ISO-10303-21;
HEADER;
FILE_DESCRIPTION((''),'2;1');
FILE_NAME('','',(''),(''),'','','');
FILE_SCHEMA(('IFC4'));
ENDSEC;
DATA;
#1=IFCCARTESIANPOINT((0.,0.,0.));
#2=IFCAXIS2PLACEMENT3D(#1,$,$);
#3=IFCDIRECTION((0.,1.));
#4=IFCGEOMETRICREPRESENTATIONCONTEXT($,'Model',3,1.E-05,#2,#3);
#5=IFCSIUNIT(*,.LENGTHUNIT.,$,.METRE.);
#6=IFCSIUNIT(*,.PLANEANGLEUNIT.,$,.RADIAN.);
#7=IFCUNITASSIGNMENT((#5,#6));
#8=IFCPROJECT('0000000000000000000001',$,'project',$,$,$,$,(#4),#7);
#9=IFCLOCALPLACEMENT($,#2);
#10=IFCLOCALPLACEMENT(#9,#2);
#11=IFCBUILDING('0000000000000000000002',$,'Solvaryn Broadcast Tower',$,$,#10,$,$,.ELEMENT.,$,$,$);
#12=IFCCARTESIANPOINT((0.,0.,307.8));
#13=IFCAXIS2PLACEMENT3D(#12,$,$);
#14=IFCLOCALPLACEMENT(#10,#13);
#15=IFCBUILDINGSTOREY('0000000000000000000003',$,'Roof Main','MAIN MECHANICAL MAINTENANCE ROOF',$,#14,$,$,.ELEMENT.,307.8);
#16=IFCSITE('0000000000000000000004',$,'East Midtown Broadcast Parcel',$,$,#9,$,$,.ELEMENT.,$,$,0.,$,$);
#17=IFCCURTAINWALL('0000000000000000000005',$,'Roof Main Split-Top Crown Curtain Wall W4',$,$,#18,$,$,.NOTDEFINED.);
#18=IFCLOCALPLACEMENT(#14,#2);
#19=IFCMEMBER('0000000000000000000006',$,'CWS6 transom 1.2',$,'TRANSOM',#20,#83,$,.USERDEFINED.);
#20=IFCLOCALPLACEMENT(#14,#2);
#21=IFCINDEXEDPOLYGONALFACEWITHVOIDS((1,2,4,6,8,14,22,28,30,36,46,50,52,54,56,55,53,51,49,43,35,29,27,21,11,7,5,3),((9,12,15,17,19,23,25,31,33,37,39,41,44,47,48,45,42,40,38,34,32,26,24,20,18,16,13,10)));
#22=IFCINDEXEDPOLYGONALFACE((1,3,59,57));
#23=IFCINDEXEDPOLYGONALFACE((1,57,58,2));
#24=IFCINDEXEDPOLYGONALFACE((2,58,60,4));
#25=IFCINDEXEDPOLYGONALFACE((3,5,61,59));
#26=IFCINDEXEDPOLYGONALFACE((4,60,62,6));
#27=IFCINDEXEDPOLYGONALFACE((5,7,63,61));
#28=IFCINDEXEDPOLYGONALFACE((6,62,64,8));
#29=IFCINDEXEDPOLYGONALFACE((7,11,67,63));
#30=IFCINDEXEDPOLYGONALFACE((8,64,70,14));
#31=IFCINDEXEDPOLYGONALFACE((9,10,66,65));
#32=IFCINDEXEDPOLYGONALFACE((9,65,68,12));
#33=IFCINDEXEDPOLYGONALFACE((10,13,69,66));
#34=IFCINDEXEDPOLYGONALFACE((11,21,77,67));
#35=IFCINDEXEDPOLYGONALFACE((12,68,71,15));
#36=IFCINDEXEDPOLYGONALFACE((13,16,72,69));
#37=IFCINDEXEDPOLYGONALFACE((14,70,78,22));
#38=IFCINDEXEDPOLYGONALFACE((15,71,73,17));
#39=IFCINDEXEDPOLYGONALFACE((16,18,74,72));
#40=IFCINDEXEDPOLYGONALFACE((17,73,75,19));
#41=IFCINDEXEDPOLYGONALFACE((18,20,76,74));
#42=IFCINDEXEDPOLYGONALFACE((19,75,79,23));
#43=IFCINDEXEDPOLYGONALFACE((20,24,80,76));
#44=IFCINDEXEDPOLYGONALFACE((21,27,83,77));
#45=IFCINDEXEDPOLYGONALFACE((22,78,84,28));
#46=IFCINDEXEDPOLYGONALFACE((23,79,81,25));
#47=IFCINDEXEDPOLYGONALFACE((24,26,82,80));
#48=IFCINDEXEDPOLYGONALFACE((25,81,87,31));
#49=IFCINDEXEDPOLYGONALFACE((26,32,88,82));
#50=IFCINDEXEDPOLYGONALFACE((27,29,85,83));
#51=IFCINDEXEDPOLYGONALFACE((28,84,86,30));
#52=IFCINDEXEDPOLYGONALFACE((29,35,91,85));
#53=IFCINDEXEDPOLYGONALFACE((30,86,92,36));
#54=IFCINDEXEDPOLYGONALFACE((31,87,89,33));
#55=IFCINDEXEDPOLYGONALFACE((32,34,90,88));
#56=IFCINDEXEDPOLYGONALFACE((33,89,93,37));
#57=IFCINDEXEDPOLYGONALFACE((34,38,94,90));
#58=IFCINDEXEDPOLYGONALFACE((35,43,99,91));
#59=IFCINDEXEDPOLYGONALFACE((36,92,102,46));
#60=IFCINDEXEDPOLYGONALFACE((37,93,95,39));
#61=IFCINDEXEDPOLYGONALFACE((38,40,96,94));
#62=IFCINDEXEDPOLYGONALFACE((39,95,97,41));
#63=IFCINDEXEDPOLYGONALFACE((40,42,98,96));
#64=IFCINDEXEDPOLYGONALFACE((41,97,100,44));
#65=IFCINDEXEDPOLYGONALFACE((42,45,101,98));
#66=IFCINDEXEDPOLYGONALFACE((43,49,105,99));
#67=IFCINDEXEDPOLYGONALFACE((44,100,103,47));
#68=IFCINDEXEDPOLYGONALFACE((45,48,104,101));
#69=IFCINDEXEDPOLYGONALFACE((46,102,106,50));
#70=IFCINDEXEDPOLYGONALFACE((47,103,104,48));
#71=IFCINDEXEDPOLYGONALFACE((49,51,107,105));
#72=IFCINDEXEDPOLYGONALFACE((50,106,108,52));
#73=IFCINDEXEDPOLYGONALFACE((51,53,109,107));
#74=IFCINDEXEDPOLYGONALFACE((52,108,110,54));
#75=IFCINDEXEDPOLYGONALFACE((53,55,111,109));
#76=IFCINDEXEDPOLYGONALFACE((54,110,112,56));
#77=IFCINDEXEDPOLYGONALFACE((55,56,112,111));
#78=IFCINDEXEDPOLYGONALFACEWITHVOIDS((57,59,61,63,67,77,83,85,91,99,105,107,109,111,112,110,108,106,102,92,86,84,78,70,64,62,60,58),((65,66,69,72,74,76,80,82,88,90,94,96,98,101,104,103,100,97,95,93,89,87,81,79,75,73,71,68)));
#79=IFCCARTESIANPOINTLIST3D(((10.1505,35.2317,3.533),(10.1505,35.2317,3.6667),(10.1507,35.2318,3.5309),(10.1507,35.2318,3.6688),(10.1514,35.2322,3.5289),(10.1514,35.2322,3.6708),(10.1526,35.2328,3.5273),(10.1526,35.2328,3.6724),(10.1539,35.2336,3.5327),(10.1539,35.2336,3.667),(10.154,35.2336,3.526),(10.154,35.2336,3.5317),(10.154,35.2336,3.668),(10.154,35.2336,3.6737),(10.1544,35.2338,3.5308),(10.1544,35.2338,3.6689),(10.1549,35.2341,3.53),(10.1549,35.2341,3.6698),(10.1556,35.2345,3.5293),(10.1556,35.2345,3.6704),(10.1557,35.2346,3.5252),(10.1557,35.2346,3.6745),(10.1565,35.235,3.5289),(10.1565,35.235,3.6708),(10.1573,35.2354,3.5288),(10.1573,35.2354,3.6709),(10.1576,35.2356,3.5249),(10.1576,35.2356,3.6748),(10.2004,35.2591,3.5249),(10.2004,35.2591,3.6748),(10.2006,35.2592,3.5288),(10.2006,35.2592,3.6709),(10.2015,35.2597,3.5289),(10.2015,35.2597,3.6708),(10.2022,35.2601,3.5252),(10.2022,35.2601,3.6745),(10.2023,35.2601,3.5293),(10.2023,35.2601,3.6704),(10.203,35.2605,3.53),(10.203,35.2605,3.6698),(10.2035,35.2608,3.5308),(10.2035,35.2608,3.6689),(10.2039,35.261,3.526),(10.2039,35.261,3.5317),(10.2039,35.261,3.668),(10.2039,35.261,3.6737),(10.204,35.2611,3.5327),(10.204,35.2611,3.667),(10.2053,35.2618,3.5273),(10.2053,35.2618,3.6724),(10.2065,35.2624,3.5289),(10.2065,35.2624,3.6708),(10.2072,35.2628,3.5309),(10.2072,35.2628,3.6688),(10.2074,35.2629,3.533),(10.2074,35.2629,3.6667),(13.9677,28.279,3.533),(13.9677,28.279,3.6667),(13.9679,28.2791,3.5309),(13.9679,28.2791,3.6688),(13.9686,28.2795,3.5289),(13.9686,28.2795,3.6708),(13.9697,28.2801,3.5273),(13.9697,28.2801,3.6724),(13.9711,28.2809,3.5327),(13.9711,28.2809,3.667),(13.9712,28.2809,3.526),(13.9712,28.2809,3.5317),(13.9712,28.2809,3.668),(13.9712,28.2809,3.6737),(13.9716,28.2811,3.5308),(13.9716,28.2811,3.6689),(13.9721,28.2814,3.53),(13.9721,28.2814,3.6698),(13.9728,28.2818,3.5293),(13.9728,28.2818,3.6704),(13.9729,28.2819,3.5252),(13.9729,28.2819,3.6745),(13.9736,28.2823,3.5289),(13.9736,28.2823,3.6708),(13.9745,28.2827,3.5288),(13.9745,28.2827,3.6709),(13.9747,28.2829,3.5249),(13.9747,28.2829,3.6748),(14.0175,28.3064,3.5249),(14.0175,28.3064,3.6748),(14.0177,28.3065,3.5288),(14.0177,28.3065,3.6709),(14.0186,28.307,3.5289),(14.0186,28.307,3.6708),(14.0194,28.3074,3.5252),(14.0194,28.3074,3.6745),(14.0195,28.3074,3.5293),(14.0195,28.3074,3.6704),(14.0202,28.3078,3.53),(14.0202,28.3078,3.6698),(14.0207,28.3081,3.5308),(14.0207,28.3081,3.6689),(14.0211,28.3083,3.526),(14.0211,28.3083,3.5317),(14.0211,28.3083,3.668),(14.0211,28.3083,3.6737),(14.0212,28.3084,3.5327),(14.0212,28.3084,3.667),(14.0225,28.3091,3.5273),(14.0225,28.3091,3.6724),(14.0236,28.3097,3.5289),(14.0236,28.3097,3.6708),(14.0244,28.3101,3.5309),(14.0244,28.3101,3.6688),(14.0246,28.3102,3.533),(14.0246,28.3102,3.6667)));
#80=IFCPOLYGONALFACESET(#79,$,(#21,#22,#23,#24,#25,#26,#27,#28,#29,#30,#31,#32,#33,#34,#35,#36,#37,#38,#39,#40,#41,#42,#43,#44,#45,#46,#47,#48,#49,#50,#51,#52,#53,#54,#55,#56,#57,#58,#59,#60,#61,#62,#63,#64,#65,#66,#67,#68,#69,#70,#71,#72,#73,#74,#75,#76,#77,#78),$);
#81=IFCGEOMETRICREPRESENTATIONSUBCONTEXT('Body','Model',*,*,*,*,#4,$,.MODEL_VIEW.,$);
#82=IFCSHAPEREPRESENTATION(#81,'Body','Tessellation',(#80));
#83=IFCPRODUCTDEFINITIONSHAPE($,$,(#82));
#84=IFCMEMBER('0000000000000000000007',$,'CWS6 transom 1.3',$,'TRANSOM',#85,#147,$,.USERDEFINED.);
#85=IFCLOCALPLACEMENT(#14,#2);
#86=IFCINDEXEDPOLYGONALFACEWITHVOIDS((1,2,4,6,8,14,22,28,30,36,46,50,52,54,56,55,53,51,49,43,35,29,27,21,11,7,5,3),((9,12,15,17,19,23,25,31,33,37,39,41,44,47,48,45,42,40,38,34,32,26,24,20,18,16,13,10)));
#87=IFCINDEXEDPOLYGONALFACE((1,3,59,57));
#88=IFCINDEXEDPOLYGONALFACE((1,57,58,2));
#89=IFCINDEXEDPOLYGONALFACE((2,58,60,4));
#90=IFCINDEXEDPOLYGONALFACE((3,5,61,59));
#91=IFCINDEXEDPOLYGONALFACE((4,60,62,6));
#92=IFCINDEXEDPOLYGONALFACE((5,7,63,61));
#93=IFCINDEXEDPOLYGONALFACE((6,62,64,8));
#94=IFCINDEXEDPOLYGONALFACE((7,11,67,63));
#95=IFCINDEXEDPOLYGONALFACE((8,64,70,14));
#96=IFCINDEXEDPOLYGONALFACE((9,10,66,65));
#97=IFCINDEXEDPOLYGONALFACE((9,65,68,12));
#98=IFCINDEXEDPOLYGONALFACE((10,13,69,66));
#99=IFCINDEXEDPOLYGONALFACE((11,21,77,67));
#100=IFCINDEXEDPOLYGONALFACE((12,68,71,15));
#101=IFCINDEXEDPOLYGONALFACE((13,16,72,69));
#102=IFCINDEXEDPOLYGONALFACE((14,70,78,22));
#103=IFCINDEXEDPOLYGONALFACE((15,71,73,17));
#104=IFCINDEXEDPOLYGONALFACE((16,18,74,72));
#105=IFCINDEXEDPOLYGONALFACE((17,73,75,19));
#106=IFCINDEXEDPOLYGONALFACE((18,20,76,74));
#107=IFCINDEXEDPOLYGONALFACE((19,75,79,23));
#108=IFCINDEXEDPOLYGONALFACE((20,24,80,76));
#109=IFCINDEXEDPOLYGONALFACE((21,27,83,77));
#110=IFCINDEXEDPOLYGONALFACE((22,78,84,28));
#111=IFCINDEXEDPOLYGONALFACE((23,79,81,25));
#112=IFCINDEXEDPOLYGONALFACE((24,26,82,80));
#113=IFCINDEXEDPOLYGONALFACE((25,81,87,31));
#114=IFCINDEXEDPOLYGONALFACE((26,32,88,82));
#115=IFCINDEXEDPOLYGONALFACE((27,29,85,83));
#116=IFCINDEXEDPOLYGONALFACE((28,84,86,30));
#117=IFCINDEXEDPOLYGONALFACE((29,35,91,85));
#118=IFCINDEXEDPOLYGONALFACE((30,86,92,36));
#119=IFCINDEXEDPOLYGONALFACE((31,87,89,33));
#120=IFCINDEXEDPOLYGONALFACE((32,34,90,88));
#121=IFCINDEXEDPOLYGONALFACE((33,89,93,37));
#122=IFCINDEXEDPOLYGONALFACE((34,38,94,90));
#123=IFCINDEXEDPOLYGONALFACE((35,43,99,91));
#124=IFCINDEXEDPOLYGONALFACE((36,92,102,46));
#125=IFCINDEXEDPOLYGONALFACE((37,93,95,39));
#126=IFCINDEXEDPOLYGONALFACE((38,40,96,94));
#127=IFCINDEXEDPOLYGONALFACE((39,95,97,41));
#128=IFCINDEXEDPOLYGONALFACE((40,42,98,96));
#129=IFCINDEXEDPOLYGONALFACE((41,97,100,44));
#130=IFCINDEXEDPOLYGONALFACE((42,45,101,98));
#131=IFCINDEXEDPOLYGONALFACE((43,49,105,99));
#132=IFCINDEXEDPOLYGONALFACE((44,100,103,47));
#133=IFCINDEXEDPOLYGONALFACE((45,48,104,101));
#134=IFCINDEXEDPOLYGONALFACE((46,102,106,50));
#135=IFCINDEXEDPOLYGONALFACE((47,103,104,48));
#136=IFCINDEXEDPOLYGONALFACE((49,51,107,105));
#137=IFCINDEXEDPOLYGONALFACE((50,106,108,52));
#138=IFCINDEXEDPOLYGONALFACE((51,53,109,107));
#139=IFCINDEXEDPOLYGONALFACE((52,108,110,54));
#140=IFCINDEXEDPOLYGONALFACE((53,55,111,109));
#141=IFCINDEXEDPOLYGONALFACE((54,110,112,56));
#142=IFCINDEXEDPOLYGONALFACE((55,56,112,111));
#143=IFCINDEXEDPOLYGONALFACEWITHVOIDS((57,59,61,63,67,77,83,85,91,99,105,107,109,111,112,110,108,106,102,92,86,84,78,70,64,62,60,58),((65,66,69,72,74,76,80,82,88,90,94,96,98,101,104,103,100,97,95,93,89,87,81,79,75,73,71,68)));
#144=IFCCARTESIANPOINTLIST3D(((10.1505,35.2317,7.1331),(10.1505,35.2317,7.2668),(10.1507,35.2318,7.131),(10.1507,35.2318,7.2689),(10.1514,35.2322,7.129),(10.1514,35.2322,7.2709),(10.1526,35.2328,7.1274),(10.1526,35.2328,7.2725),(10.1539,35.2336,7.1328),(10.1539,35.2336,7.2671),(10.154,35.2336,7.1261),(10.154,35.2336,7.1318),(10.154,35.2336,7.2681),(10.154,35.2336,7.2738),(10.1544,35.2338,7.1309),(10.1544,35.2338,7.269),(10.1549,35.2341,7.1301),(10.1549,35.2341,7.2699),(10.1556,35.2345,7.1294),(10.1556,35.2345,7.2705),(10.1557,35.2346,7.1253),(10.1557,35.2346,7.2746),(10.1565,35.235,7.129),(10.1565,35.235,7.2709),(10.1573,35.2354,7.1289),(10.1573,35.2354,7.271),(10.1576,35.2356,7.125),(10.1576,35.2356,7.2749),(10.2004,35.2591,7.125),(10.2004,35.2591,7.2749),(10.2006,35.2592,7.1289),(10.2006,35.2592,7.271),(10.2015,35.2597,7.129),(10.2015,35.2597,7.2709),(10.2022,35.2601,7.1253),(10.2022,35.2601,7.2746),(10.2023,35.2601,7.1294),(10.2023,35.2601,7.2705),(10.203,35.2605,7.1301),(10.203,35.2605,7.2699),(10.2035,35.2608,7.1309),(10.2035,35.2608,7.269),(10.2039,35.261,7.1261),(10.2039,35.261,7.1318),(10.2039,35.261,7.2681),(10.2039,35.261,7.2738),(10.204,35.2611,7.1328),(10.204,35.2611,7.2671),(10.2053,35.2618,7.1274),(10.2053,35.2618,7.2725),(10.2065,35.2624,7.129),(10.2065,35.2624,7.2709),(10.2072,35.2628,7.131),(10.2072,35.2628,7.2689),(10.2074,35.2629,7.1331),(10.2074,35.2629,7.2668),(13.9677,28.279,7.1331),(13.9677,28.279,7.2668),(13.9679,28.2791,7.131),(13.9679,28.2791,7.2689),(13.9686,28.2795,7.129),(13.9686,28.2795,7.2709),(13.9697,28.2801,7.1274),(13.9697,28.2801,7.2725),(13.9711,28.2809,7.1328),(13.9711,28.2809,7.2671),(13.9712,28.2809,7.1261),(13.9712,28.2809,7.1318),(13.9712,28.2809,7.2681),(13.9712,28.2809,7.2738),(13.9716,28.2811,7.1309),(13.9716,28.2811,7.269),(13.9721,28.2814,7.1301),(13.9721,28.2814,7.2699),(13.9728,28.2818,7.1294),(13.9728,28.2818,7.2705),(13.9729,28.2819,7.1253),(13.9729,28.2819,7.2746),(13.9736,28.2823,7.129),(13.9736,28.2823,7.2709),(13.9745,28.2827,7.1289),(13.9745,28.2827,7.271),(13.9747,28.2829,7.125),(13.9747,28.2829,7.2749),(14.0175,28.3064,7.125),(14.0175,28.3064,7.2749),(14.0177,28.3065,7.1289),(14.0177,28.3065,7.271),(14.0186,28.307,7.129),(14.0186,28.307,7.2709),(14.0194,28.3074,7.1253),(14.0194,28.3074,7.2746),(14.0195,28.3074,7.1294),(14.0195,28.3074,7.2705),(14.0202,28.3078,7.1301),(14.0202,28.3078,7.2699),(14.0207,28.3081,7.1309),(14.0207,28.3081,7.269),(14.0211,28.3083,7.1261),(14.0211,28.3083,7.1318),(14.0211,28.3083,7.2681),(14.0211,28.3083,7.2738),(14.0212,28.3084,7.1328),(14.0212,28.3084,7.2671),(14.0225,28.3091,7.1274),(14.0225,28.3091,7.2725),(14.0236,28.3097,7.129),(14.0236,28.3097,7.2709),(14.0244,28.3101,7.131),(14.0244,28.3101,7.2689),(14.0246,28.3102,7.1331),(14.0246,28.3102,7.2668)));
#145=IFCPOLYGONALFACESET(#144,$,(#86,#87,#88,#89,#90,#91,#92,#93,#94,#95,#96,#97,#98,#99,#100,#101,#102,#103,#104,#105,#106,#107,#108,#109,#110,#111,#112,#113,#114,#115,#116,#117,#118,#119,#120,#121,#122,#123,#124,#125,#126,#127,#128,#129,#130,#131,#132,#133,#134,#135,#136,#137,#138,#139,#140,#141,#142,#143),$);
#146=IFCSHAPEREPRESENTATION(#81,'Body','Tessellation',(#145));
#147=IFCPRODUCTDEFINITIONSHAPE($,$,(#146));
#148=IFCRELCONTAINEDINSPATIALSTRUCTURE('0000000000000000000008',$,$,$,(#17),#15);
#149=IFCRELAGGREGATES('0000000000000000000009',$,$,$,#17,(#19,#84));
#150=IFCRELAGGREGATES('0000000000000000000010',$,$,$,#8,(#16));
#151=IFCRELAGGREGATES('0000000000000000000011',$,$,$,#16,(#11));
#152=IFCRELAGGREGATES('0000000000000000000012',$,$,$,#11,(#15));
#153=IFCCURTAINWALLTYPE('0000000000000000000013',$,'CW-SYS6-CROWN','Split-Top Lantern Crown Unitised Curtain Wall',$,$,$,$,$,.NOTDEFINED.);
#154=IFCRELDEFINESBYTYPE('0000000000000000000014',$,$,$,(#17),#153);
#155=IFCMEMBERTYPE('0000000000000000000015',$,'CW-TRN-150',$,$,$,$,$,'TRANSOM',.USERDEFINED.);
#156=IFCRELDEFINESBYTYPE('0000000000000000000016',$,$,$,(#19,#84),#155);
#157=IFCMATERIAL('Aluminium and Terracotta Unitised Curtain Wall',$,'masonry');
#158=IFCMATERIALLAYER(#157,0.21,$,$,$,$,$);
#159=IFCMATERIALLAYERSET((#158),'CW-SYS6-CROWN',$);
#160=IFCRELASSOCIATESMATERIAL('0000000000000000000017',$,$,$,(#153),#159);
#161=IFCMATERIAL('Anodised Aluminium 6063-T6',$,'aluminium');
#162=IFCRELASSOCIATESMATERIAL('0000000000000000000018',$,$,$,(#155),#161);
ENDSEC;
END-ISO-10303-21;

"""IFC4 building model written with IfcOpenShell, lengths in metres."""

from ifc_helpers import new_model, si_unit, direction, frame, origin, origin_2d, place, context, subcontext, project, spatial, hollow_rectangle, extrude, material, layer, layer_set, material_profile, profile_set, type_object, element, aggregate, save


model = new_model("IFC4")

# Units and contexts
model_context = context("Model", 3, precision=1e-05, world=origin(), true_north=direction((0.0, 1.0)))
body_context = subcontext(model_context, "Body", "Model", "MODEL_VIEW")
ifc_project = project(units=[si_unit("LENGTHUNIT", "METRE"), si_unit("PLANEANGLEUNIT", "RADIAN")], contexts=[model_context])

# Site, building, storey
site_placement = place(None, origin())
site = spatial("IfcSite", under=ifc_project, at=site_placement, Name="East Midtown Broadcast Parcel", CompositionType="ELEMENT", RefElevation=0.0)
building_placement = place(site_placement, origin())
building = spatial("IfcBuilding", under=site, at=building_placement, Name="Solvaryn Broadcast Tower", CompositionType="ELEMENT")
storey_placement = place(building_placement, frame((0.0, 0.0, 307.8)))
storey = spatial("IfcBuildingStorey", under=building, at=storey_placement, Name="Roof Main", Description="MAIN MECHANICAL MAINTENANCE ROOF", CompositionType="ELEMENT", Elevation=307.8)

# Curtain wall
ifc_material_1 = material(Name="Aluminium and Terracotta Unitised Curtain Wall", Category="masonry")
ifc_layer_1 = layer(ifc_material_1, 0.21)
ifc_layer_set_1 = layer_set([ifc_layer_1], Name="CW-SYS6-CROWN")
curtain_wall_type = type_object("IfcCurtainWallType", Name="CW-SYS6-CROWN", Description="Split-Top Lantern Crown Unitised Curtain Wall", PredefinedType="NOTDEFINED", material=ifc_layer_set_1)
curtain_wall_1_placement = place(storey_placement, origin())
curtain_wall_1 = element("IfcCurtainWall", 1, at=curtain_wall_1_placement, inside=storey, type_object=curtain_wall_type, Name="Roof Main Split-Top Crown Curtain Wall W4", PredefinedType="NOTDEFINED")

# Members
ifc_material_2 = material(Name="Anodised Aluminium 6063-T6", Category="aluminium")
ifc_material_profile_1 = material_profile(ifc_material_2, hollow_rectangle(XDim=0.0649, YDim=0.1499, WallThickness=0.0039, InnerFilletRadius=0.0039, OuterFilletRadius=0.0081, at=origin_2d()))
ifc_profile_set_1 = profile_set([ifc_material_profile_1], Name="Anodised Aluminium 6063-T6")
member_type_1 = type_object("IfcMemberType", Name="CW-TRN-150", ElementType="TRANSOM", PredefinedType="USERDEFINED", material=ifc_profile_set_1)
member_1_placement = place(storey_placement, frame((10.179, 35.2473, 3.5999), z_axis=(0.481259, -0.876578, 0.0), x_axis=(0.876578, 0.481259, 0.0)))
member_1 = element("IfcMember", 2, at=member_1_placement, type_object=member_type_1, Name="CWS6 transom 1.2", ObjectType="TRANSOM", PredefinedType="USERDEFINED", context=body_context, shape_type="SweptSolid", body=[
    extrude(hollow_rectangle(XDim=0.0649, YDim=0.1499, WallThickness=0.0039, InnerFilletRadius=0.0039, OuterFilletRadius=0.0081, at=origin_2d()), origin(), (0.0, 0.0, 1.0), 7.9316),
])
member_2_placement = place(storey_placement, frame((10.179, 35.2473, 7.2), z_axis=(0.481259, -0.876578, 0.0), x_axis=(0.876578, 0.481259, 0.0)))
member_2 = element("IfcMember", 3, at=member_2_placement, type_object=member_type_1, Name="CWS6 transom 1.3", ObjectType="TRANSOM", PredefinedType="USERDEFINED", context=body_context, shape_type="SweptSolid", body=[
    extrude(hollow_rectangle(XDim=0.0649, YDim=0.1499, WallThickness=0.0039, InnerFilletRadius=0.0039, OuterFilletRadius=0.0081, at=origin_2d()), origin(), (0.0, 0.0, 1.0), 7.9316),
])

aggregate(curtain_wall_1, [member_1, member_2])

save(model, "model.ifc")
